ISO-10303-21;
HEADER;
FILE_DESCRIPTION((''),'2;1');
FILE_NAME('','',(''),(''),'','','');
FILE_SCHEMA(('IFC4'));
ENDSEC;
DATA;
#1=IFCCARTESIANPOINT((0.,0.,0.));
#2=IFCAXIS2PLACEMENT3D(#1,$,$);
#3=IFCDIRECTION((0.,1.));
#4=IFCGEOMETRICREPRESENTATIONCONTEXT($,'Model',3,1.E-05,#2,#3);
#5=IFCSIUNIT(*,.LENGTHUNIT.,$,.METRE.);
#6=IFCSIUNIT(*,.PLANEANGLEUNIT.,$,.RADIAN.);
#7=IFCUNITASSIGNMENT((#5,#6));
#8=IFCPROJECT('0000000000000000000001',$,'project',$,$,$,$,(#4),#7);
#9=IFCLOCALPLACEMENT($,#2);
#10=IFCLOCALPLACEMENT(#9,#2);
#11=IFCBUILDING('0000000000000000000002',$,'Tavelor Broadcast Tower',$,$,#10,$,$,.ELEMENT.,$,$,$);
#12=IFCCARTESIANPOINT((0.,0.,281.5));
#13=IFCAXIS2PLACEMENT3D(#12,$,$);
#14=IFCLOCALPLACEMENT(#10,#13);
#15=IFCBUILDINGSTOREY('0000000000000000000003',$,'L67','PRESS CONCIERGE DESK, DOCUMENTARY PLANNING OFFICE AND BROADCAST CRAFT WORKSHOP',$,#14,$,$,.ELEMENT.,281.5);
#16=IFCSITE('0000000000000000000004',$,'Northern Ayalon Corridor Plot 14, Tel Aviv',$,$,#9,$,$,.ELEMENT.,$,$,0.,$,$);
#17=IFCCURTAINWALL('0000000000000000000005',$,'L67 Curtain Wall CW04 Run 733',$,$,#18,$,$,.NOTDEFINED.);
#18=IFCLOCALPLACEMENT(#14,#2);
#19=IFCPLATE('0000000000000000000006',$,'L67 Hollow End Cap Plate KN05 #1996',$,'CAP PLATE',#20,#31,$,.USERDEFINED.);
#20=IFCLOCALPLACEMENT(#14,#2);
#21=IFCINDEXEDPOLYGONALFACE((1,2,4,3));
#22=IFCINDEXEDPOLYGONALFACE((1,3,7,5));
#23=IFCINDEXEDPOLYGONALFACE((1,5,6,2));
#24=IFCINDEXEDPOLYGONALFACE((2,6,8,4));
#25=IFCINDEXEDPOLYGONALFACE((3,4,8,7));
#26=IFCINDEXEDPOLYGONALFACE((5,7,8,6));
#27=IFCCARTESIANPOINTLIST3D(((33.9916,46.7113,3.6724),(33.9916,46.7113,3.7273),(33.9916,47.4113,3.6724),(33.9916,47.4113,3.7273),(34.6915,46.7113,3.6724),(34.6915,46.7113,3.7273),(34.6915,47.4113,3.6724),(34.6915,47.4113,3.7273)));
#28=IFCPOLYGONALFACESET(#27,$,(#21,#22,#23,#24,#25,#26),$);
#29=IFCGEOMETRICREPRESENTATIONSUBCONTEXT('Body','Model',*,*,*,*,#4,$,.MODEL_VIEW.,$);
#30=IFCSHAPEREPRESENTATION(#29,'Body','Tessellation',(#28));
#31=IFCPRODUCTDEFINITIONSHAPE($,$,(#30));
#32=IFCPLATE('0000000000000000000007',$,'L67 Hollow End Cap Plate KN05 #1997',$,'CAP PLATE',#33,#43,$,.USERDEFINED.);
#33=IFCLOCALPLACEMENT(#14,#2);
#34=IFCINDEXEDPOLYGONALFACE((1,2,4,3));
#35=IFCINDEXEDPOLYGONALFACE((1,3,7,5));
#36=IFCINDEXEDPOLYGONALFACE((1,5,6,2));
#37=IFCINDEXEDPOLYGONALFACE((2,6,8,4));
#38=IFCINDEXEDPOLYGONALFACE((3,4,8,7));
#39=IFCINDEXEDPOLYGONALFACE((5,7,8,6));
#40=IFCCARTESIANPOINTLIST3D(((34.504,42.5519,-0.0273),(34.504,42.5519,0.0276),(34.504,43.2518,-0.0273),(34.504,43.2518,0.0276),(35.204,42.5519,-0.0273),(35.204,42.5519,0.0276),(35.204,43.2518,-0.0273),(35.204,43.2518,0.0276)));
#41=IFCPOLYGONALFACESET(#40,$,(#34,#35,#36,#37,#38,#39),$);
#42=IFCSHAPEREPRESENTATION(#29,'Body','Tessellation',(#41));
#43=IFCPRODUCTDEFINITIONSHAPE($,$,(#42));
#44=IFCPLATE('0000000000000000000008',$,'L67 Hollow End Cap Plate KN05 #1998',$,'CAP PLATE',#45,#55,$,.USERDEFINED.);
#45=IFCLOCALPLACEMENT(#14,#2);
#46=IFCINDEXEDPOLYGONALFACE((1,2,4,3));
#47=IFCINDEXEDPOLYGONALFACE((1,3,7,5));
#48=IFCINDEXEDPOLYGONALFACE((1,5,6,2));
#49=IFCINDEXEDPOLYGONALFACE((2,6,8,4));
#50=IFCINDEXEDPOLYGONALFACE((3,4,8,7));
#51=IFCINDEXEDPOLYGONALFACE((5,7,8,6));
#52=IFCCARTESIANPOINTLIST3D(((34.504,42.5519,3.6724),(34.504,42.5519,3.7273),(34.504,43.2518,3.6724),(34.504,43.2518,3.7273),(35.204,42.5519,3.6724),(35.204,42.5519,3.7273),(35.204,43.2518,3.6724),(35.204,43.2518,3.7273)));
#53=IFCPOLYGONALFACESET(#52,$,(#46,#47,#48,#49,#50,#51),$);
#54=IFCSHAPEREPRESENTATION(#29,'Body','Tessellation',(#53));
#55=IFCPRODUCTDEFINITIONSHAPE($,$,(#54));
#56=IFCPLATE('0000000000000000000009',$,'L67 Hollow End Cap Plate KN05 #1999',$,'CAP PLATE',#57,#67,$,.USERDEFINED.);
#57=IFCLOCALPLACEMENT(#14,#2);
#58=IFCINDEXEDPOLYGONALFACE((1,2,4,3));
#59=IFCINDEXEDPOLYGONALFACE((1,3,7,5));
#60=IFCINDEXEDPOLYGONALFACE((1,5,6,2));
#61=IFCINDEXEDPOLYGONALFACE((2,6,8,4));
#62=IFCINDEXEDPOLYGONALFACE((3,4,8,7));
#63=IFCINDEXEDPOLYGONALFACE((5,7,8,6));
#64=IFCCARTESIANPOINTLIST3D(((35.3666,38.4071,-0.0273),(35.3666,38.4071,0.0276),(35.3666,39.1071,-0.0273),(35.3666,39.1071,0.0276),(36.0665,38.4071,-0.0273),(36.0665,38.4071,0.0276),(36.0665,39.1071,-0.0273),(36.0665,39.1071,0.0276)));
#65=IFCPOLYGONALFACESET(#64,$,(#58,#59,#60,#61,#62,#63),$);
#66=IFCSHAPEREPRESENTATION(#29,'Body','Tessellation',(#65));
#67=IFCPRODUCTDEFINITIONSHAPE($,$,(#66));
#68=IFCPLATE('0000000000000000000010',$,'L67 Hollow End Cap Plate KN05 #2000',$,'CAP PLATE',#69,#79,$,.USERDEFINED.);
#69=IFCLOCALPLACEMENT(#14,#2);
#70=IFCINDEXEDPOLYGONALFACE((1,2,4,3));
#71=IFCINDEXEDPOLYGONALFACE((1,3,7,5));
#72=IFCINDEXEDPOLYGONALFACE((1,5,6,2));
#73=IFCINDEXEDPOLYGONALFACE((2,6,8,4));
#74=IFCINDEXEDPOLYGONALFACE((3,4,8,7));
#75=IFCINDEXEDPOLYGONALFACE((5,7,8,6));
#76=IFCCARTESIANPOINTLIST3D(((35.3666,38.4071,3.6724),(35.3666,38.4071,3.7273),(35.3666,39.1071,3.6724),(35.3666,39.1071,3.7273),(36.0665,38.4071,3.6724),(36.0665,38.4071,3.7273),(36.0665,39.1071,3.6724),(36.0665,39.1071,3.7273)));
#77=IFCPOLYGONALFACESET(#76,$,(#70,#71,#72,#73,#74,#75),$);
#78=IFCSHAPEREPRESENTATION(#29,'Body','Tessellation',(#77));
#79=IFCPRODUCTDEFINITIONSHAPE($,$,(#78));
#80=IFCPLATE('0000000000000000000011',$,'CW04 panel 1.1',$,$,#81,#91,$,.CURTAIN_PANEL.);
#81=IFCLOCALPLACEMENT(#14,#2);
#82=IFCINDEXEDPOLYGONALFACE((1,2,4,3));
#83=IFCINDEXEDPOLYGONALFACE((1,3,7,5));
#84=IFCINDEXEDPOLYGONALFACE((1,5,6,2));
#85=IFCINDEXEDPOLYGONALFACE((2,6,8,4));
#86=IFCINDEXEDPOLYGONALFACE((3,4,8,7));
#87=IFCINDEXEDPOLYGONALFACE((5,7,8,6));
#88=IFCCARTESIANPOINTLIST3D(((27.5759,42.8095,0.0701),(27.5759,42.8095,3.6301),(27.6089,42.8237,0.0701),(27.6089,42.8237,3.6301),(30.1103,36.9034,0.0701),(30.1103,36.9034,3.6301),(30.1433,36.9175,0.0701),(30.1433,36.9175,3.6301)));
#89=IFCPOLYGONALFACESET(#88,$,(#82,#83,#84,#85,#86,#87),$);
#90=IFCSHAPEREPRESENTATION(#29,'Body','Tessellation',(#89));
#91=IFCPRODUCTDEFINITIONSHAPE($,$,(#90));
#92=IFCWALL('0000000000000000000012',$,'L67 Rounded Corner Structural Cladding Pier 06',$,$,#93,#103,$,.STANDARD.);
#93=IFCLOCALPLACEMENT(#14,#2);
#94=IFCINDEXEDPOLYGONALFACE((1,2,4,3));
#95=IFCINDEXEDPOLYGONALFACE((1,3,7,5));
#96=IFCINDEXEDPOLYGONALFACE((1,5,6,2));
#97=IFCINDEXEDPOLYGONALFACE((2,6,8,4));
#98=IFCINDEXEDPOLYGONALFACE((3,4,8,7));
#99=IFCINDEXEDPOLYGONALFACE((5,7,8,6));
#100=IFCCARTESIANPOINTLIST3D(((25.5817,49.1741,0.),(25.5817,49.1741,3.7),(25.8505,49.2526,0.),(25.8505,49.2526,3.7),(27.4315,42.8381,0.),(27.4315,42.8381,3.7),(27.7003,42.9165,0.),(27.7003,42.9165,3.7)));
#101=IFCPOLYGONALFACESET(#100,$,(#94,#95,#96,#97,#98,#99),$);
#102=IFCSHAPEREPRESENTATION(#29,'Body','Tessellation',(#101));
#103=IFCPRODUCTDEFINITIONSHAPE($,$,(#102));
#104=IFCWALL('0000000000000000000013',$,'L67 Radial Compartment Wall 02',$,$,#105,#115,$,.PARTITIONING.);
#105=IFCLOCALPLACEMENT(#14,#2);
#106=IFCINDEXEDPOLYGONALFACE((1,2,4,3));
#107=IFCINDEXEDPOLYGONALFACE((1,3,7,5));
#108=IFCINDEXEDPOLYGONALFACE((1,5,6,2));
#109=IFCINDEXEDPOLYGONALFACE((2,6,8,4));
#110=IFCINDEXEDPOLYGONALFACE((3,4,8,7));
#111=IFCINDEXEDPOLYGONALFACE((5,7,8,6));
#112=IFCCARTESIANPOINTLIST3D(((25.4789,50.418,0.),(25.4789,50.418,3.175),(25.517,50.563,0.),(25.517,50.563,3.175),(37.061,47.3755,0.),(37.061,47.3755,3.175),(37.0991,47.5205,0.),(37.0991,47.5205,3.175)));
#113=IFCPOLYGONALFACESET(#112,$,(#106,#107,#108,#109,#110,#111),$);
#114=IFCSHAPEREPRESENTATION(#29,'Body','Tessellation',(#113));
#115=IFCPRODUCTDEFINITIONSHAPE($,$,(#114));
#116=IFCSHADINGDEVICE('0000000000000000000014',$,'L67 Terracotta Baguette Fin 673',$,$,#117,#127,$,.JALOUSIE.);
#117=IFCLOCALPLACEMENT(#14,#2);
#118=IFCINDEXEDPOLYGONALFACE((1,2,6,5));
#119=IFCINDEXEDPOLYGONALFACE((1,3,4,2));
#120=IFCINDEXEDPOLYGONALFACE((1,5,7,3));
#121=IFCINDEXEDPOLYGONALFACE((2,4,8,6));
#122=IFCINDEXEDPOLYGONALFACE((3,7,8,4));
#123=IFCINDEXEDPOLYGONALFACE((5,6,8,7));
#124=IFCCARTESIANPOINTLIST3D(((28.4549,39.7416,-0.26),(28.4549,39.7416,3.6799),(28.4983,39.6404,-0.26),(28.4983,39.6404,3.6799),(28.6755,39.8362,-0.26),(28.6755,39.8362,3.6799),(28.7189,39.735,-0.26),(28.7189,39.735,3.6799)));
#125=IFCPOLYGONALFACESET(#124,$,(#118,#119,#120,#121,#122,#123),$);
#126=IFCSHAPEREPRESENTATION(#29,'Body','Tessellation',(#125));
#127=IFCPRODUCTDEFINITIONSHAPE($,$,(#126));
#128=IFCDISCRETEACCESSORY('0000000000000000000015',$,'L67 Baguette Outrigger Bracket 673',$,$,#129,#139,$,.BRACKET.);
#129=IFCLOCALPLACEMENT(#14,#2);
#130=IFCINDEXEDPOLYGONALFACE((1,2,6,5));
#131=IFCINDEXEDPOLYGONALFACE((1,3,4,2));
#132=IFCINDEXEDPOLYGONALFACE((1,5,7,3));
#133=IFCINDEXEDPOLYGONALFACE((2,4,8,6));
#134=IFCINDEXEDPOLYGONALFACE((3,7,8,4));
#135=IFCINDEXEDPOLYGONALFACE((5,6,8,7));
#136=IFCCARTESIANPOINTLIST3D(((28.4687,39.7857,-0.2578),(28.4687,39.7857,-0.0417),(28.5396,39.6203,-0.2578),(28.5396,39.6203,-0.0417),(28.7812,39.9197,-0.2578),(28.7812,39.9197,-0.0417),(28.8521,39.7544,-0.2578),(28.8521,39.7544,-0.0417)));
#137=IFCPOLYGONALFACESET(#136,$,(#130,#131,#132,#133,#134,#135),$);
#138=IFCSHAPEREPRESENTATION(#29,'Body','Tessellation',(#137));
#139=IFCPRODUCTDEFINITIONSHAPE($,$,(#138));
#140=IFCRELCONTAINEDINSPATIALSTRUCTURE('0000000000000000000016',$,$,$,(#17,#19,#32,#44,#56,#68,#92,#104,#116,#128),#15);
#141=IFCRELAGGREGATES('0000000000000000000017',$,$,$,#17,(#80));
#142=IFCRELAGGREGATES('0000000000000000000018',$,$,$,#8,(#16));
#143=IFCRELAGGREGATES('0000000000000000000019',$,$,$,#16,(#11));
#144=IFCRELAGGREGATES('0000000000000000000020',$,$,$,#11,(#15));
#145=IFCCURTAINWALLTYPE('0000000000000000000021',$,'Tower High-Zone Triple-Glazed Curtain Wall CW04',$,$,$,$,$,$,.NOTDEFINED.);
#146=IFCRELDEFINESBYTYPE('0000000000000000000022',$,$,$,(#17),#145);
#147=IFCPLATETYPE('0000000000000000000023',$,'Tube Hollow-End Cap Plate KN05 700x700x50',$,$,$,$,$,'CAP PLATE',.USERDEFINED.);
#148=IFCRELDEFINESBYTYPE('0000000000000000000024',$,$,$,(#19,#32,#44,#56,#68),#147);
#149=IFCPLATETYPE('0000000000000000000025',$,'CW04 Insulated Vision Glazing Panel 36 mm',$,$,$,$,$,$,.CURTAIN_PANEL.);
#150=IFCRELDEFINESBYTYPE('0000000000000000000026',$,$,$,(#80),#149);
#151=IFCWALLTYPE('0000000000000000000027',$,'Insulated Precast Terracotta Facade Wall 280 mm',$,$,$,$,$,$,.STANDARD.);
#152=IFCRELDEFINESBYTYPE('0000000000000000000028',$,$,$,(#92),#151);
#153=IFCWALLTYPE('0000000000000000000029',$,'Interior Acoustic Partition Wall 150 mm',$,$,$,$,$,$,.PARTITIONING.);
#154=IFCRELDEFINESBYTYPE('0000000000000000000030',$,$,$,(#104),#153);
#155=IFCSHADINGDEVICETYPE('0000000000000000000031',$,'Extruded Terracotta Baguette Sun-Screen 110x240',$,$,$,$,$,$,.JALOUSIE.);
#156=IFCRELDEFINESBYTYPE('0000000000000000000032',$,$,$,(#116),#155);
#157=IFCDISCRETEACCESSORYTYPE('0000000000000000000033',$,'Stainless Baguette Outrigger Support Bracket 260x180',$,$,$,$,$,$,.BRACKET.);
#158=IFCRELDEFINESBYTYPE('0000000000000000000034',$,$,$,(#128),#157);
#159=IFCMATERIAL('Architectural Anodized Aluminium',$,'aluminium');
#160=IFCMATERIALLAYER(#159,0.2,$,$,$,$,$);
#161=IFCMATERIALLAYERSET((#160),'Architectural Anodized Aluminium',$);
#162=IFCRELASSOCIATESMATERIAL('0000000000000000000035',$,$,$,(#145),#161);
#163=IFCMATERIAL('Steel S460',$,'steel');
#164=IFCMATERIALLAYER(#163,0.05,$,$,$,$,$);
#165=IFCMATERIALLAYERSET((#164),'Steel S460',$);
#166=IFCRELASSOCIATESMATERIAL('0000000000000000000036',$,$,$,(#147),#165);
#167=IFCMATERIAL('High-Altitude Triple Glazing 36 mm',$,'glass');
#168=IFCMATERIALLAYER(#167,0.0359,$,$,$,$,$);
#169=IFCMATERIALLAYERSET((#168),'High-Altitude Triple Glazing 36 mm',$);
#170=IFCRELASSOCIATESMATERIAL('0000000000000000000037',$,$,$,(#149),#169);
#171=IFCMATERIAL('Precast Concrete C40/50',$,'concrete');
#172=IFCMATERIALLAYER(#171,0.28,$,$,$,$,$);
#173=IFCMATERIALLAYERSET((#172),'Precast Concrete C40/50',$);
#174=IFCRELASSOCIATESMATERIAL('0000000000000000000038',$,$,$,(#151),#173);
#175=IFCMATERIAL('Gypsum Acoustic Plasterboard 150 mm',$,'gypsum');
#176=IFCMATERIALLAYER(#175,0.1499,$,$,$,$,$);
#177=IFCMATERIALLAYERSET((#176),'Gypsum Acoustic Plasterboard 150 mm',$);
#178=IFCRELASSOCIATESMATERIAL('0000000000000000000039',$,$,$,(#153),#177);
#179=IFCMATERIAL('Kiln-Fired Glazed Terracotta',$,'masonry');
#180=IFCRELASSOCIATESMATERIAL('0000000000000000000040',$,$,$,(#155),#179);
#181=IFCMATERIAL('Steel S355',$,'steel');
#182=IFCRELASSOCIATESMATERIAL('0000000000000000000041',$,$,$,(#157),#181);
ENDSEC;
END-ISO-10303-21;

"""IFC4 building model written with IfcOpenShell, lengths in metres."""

from ifc_helpers import new_model, si_unit, direction, frame, frame_2d, origin, origin_2d, place, context, subcontext, project, spatial, rectangle, extrude, source, transform, mapped, material, layer, layer_set, type_object, type_shapes, element, aggregate, save


model = new_model("IFC4")

# Units and contexts
model_context = context("Model", 3, precision=1e-05, world=origin(), true_north=direction((0.0, 1.0)))
body_context = subcontext(model_context, "Body", "Model", "MODEL_VIEW")
ifc_project = project(units=[si_unit("LENGTHUNIT", "METRE"), si_unit("PLANEANGLEUNIT", "RADIAN")], contexts=[model_context])

# Site, building, storey
site_placement = place(None, origin())
site = spatial("IfcSite", under=ifc_project, at=site_placement, Name="Northern Ayalon Corridor Plot 14, Tel Aviv", CompositionType="ELEMENT", RefElevation=0.0)
building_placement = place(site_placement, origin())
building = spatial("IfcBuilding", under=site, at=building_placement, Name="Tavelor Broadcast Tower", CompositionType="ELEMENT")
storey_placement = place(building_placement, frame((0.0, 0.0, 281.5)))
storey = spatial("IfcBuildingStorey", under=building, at=storey_placement, Name="L67", Description="PRESS CONCIERGE DESK, DOCUMENTARY PLANNING OFFICE AND BROADCAST CRAFT WORKSHOP", CompositionType="ELEMENT", Elevation=281.5)

# Shared definitions
ifc_material_1 = material(Name="Steel S460", Category="steel")

# Shared definitions
ifc_material_2 = material(Name="Steel S355", Category="steel")

# Curtain wall
ifc_material_3 = material(Name="Architectural Anodized Aluminium", Category="aluminium")
ifc_layer_1 = layer(ifc_material_3, 0.2)
ifc_layer_set_1 = layer_set([ifc_layer_1], Name="Architectural Anodized Aluminium")
curtain_wall_type = type_object("IfcCurtainWallType", Name="Tower High-Zone Triple-Glazed Curtain Wall CW04", PredefinedType="NOTDEFINED", material=ifc_layer_set_1)
curtain_wall_placement = place(storey_placement, origin())
curtain_wall = element("IfcCurtainWall", 1, at=curtain_wall_placement, inside=storey, type_object=curtain_wall_type, Name="L67 Curtain Wall CW04 Run 733", PredefinedType="NOTDEFINED")

# Plates
ifc_layer_2 = layer(ifc_material_1, 0.05)
ifc_layer_set_2 = layer_set([ifc_layer_2], Name="Steel S460")
plate_type_1 = type_object("IfcPlateType", Name="Tube Hollow-End Cap Plate KN05 700x700x50", ElementType="CAP PLATE", PredefinedType="USERDEFINED", material=ifc_layer_set_2)
shared_shape_1 = source(origin(), body_context, "Body", "SweptSolid", [
    extrude(rectangle(XDim=0.7, YDim=0.7, at=origin_2d()), origin(), (0.0, 0.0, 1.0), 0.0549),
])
type_shapes(plate_type_1, [shared_shape_1])
for number, where, z_axis, x_axis, name in (
    (2, (34.3416, 47.0613, 3.6724), (0.0, 0.0, 1.0), (1.0, 0.0, 0.0), "L67 Hollow End Cap Plate KN05 #1996"),
    (3, (34.854, 42.9019, -0.0273), (0.0, 0.0, 1.0), (1.0, 0.0, 0.0), "L67 Hollow End Cap Plate KN05 #1997"),
    (4, (34.854, 42.9019, 3.6724), (0.0, 0.0, 1.0), (1.0, 0.0, 0.0), "L67 Hollow End Cap Plate KN05 #1998"),
    (5, (35.7166, 38.7571, -0.0273), (0.0, 0.0, 1.0), (1.0, 0.0, 0.0), "L67 Hollow End Cap Plate KN05 #1999"),
    (6, (35.7166, 38.7571, 3.6724), (0.0, 0.0, 1.0), (1.0, 0.0, 0.0), "L67 Hollow End Cap Plate KN05 #2000"),
):
    element("IfcPlate", number, at=place(storey_placement, frame(where, z_axis=z_axis, x_axis=x_axis)), inside=storey, type_object=plate_type_1, Name=name, ObjectType="CAP PLATE", PredefinedType="USERDEFINED", context=body_context, shape_type="MappedRepresentation", body=[
        mapped(shared_shape_1, transform((0.0, 0.0, 0.0), scale=1.0)),
    ])

# Plate
ifc_material_4 = material(Name="High-Altitude Triple Glazing 36 mm", Category="glass")
ifc_layer_3 = layer(ifc_material_4, 0.0359)
ifc_layer_set_3 = layer_set([ifc_layer_3], Name="High-Altitude Triple Glazing 36 mm")
plate_type_2 = type_object("IfcPlateType", Name="CW04 Insulated Vision Glazing Panel 36 mm", PredefinedType="CURTAIN_PANEL", material=ifc_layer_set_3)
shared_shape_2 = source(origin(), body_context, "Body", "SweptSolid", [
    extrude(rectangle(XDim=6.427, YDim=0.0359, at=origin_2d()), origin(), (0.0, 0.0, 1.0), 3.5601),
])
type_shapes(plate_type_2, [shared_shape_2])
plate_placement = place(storey_placement, frame((28.8596, 39.8635, 0.0701), z_axis=(0.0, 0.0, 1.0), x_axis=(0.394338, -0.918965, 0.0)))
plate = element("IfcPlate", 7, at=plate_placement, type_object=plate_type_2, Name="CW04 panel 1.1", PredefinedType="CURTAIN_PANEL", context=body_context, shape_type="MappedRepresentation", body=[
    mapped(shared_shape_2, transform((0.0, 0.0, 0.0), scale=1.0)),
])
aggregate(curtain_wall, [plate])

# Walls
ifc_material_5 = material(Name="Precast Concrete C40/50", Category="concrete")
ifc_layer_4 = layer(ifc_material_5, 0.28)
ifc_layer_set_4 = layer_set([ifc_layer_4], Name="Precast Concrete C40/50")
wall_type_1 = type_object("IfcWallType", Name="Insulated Precast Terracotta Facade Wall 280 mm", PredefinedType="STANDARD", material=ifc_layer_set_4)
wall_1_placement = place(storey_placement, frame((25.7161, 49.2134, 0.0), z_axis=(0.0, 0.0, 1.0), x_axis=(0.280251, -0.959927, 0.0)))
element("IfcWall", 8, at=wall_1_placement, inside=storey, type_object=wall_type_1, Name="L67 Rounded Corner Structural Cladding Pier 06", PredefinedType="STANDARD", context=body_context, shape_type="SweptSolid", body=[
    extrude(rectangle(XDim=6.6006, YDim=0.28, at=frame_2d((3.3003, 0.0))), origin(), (0.0, 0.0, 1.0), 3.7),
])
ifc_material_6 = material(Name="Gypsum Acoustic Plasterboard 150 mm", Category="gypsum")
ifc_layer_5 = layer(ifc_material_6, 0.1499)
ifc_layer_set_5 = layer_set([ifc_layer_5], Name="Gypsum Acoustic Plasterboard 150 mm")
wall_type_2 = type_object("IfcWallType", Name="Interior Acoustic Partition Wall 150 mm", PredefinedType="PARTITIONING", material=ifc_layer_set_5)
wall_2_placement = place(storey_placement, frame((37.0801, 47.448, 0.0), z_axis=(0.0, 0.0, 1.0), x_axis=(-0.967186, 0.25407, 0.0)))
element("IfcWall", 9, at=wall_2_placement, inside=storey, type_object=wall_type_2, Name="L67 Radial Compartment Wall 02", PredefinedType="PARTITIONING", context=body_context, shape_type="SweptSolid", body=[
    extrude(rectangle(XDim=11.9751, YDim=0.1499, at=frame_2d((5.9875, 0.0))), origin(), (0.0, 0.0, 1.0), 3.175),
])

# Shading device
ifc_material_7 = material(Name="Kiln-Fired Glazed Terracotta", Category="masonry")
shading_device_type = type_object("IfcShadingDeviceType", Name="Extruded Terracotta Baguette Sun-Screen 110x240", PredefinedType="JALOUSIE", material=ifc_material_7)
shared_shape_3 = source(origin(), body_context, "Body", "SweptSolid", [
    extrude(rectangle(XDim=0.1101, YDim=0.24, at=origin_2d()), origin(), (0.0, 0.0, 1.0), 3.9399),
])
type_shapes(shading_device_type, [shared_shape_3])
shading_device_placement = place(storey_placement, frame((28.5869, 39.7383, -0.26), z_axis=(0.0, 0.0, 1.0), x_axis=(0.394263, -0.918998, 0.0)))
element("IfcShadingDevice", 10, at=shading_device_placement, inside=storey, type_object=shading_device_type, Name="L67 Terracotta Baguette Fin 673", PredefinedType="JALOUSIE", context=body_context, shape_type="MappedRepresentation", body=[
    mapped(shared_shape_3, transform((0.0, 0.0, 0.0), scale=1.0)),
])

# Discrete accessory
discrete_accessory_type = type_object("IfcDiscreteAccessoryType", Name="Stainless Baguette Outrigger Support Bracket 260x180", PredefinedType="BRACKET", material=ifc_material_2)
shared_shape_4 = source(origin(), body_context, "Body", "SweptSolid", [
    extrude(rectangle(XDim=0.1799, YDim=0.3401, at=origin_2d()), origin(), (0.0, 0.0, 1.0), 0.2161),
])
type_shapes(discrete_accessory_type, [shared_shape_4])
discrete_accessory_placement = place(storey_placement, frame((28.6604, 39.77, -0.2578), z_axis=(0.0, 0.0, 1.0), x_axis=(0.394263, -0.918998, 0.0)))
element("IfcDiscreteAccessory", 11, at=discrete_accessory_placement, inside=storey, type_object=discrete_accessory_type, Name="L67 Baguette Outrigger Bracket 673", PredefinedType="BRACKET", context=body_context, shape_type="MappedRepresentation", body=[
    mapped(shared_shape_4, transform((0.0, 0.0, 0.0), scale=1.0)),
])

save(model, "model.ifc")
